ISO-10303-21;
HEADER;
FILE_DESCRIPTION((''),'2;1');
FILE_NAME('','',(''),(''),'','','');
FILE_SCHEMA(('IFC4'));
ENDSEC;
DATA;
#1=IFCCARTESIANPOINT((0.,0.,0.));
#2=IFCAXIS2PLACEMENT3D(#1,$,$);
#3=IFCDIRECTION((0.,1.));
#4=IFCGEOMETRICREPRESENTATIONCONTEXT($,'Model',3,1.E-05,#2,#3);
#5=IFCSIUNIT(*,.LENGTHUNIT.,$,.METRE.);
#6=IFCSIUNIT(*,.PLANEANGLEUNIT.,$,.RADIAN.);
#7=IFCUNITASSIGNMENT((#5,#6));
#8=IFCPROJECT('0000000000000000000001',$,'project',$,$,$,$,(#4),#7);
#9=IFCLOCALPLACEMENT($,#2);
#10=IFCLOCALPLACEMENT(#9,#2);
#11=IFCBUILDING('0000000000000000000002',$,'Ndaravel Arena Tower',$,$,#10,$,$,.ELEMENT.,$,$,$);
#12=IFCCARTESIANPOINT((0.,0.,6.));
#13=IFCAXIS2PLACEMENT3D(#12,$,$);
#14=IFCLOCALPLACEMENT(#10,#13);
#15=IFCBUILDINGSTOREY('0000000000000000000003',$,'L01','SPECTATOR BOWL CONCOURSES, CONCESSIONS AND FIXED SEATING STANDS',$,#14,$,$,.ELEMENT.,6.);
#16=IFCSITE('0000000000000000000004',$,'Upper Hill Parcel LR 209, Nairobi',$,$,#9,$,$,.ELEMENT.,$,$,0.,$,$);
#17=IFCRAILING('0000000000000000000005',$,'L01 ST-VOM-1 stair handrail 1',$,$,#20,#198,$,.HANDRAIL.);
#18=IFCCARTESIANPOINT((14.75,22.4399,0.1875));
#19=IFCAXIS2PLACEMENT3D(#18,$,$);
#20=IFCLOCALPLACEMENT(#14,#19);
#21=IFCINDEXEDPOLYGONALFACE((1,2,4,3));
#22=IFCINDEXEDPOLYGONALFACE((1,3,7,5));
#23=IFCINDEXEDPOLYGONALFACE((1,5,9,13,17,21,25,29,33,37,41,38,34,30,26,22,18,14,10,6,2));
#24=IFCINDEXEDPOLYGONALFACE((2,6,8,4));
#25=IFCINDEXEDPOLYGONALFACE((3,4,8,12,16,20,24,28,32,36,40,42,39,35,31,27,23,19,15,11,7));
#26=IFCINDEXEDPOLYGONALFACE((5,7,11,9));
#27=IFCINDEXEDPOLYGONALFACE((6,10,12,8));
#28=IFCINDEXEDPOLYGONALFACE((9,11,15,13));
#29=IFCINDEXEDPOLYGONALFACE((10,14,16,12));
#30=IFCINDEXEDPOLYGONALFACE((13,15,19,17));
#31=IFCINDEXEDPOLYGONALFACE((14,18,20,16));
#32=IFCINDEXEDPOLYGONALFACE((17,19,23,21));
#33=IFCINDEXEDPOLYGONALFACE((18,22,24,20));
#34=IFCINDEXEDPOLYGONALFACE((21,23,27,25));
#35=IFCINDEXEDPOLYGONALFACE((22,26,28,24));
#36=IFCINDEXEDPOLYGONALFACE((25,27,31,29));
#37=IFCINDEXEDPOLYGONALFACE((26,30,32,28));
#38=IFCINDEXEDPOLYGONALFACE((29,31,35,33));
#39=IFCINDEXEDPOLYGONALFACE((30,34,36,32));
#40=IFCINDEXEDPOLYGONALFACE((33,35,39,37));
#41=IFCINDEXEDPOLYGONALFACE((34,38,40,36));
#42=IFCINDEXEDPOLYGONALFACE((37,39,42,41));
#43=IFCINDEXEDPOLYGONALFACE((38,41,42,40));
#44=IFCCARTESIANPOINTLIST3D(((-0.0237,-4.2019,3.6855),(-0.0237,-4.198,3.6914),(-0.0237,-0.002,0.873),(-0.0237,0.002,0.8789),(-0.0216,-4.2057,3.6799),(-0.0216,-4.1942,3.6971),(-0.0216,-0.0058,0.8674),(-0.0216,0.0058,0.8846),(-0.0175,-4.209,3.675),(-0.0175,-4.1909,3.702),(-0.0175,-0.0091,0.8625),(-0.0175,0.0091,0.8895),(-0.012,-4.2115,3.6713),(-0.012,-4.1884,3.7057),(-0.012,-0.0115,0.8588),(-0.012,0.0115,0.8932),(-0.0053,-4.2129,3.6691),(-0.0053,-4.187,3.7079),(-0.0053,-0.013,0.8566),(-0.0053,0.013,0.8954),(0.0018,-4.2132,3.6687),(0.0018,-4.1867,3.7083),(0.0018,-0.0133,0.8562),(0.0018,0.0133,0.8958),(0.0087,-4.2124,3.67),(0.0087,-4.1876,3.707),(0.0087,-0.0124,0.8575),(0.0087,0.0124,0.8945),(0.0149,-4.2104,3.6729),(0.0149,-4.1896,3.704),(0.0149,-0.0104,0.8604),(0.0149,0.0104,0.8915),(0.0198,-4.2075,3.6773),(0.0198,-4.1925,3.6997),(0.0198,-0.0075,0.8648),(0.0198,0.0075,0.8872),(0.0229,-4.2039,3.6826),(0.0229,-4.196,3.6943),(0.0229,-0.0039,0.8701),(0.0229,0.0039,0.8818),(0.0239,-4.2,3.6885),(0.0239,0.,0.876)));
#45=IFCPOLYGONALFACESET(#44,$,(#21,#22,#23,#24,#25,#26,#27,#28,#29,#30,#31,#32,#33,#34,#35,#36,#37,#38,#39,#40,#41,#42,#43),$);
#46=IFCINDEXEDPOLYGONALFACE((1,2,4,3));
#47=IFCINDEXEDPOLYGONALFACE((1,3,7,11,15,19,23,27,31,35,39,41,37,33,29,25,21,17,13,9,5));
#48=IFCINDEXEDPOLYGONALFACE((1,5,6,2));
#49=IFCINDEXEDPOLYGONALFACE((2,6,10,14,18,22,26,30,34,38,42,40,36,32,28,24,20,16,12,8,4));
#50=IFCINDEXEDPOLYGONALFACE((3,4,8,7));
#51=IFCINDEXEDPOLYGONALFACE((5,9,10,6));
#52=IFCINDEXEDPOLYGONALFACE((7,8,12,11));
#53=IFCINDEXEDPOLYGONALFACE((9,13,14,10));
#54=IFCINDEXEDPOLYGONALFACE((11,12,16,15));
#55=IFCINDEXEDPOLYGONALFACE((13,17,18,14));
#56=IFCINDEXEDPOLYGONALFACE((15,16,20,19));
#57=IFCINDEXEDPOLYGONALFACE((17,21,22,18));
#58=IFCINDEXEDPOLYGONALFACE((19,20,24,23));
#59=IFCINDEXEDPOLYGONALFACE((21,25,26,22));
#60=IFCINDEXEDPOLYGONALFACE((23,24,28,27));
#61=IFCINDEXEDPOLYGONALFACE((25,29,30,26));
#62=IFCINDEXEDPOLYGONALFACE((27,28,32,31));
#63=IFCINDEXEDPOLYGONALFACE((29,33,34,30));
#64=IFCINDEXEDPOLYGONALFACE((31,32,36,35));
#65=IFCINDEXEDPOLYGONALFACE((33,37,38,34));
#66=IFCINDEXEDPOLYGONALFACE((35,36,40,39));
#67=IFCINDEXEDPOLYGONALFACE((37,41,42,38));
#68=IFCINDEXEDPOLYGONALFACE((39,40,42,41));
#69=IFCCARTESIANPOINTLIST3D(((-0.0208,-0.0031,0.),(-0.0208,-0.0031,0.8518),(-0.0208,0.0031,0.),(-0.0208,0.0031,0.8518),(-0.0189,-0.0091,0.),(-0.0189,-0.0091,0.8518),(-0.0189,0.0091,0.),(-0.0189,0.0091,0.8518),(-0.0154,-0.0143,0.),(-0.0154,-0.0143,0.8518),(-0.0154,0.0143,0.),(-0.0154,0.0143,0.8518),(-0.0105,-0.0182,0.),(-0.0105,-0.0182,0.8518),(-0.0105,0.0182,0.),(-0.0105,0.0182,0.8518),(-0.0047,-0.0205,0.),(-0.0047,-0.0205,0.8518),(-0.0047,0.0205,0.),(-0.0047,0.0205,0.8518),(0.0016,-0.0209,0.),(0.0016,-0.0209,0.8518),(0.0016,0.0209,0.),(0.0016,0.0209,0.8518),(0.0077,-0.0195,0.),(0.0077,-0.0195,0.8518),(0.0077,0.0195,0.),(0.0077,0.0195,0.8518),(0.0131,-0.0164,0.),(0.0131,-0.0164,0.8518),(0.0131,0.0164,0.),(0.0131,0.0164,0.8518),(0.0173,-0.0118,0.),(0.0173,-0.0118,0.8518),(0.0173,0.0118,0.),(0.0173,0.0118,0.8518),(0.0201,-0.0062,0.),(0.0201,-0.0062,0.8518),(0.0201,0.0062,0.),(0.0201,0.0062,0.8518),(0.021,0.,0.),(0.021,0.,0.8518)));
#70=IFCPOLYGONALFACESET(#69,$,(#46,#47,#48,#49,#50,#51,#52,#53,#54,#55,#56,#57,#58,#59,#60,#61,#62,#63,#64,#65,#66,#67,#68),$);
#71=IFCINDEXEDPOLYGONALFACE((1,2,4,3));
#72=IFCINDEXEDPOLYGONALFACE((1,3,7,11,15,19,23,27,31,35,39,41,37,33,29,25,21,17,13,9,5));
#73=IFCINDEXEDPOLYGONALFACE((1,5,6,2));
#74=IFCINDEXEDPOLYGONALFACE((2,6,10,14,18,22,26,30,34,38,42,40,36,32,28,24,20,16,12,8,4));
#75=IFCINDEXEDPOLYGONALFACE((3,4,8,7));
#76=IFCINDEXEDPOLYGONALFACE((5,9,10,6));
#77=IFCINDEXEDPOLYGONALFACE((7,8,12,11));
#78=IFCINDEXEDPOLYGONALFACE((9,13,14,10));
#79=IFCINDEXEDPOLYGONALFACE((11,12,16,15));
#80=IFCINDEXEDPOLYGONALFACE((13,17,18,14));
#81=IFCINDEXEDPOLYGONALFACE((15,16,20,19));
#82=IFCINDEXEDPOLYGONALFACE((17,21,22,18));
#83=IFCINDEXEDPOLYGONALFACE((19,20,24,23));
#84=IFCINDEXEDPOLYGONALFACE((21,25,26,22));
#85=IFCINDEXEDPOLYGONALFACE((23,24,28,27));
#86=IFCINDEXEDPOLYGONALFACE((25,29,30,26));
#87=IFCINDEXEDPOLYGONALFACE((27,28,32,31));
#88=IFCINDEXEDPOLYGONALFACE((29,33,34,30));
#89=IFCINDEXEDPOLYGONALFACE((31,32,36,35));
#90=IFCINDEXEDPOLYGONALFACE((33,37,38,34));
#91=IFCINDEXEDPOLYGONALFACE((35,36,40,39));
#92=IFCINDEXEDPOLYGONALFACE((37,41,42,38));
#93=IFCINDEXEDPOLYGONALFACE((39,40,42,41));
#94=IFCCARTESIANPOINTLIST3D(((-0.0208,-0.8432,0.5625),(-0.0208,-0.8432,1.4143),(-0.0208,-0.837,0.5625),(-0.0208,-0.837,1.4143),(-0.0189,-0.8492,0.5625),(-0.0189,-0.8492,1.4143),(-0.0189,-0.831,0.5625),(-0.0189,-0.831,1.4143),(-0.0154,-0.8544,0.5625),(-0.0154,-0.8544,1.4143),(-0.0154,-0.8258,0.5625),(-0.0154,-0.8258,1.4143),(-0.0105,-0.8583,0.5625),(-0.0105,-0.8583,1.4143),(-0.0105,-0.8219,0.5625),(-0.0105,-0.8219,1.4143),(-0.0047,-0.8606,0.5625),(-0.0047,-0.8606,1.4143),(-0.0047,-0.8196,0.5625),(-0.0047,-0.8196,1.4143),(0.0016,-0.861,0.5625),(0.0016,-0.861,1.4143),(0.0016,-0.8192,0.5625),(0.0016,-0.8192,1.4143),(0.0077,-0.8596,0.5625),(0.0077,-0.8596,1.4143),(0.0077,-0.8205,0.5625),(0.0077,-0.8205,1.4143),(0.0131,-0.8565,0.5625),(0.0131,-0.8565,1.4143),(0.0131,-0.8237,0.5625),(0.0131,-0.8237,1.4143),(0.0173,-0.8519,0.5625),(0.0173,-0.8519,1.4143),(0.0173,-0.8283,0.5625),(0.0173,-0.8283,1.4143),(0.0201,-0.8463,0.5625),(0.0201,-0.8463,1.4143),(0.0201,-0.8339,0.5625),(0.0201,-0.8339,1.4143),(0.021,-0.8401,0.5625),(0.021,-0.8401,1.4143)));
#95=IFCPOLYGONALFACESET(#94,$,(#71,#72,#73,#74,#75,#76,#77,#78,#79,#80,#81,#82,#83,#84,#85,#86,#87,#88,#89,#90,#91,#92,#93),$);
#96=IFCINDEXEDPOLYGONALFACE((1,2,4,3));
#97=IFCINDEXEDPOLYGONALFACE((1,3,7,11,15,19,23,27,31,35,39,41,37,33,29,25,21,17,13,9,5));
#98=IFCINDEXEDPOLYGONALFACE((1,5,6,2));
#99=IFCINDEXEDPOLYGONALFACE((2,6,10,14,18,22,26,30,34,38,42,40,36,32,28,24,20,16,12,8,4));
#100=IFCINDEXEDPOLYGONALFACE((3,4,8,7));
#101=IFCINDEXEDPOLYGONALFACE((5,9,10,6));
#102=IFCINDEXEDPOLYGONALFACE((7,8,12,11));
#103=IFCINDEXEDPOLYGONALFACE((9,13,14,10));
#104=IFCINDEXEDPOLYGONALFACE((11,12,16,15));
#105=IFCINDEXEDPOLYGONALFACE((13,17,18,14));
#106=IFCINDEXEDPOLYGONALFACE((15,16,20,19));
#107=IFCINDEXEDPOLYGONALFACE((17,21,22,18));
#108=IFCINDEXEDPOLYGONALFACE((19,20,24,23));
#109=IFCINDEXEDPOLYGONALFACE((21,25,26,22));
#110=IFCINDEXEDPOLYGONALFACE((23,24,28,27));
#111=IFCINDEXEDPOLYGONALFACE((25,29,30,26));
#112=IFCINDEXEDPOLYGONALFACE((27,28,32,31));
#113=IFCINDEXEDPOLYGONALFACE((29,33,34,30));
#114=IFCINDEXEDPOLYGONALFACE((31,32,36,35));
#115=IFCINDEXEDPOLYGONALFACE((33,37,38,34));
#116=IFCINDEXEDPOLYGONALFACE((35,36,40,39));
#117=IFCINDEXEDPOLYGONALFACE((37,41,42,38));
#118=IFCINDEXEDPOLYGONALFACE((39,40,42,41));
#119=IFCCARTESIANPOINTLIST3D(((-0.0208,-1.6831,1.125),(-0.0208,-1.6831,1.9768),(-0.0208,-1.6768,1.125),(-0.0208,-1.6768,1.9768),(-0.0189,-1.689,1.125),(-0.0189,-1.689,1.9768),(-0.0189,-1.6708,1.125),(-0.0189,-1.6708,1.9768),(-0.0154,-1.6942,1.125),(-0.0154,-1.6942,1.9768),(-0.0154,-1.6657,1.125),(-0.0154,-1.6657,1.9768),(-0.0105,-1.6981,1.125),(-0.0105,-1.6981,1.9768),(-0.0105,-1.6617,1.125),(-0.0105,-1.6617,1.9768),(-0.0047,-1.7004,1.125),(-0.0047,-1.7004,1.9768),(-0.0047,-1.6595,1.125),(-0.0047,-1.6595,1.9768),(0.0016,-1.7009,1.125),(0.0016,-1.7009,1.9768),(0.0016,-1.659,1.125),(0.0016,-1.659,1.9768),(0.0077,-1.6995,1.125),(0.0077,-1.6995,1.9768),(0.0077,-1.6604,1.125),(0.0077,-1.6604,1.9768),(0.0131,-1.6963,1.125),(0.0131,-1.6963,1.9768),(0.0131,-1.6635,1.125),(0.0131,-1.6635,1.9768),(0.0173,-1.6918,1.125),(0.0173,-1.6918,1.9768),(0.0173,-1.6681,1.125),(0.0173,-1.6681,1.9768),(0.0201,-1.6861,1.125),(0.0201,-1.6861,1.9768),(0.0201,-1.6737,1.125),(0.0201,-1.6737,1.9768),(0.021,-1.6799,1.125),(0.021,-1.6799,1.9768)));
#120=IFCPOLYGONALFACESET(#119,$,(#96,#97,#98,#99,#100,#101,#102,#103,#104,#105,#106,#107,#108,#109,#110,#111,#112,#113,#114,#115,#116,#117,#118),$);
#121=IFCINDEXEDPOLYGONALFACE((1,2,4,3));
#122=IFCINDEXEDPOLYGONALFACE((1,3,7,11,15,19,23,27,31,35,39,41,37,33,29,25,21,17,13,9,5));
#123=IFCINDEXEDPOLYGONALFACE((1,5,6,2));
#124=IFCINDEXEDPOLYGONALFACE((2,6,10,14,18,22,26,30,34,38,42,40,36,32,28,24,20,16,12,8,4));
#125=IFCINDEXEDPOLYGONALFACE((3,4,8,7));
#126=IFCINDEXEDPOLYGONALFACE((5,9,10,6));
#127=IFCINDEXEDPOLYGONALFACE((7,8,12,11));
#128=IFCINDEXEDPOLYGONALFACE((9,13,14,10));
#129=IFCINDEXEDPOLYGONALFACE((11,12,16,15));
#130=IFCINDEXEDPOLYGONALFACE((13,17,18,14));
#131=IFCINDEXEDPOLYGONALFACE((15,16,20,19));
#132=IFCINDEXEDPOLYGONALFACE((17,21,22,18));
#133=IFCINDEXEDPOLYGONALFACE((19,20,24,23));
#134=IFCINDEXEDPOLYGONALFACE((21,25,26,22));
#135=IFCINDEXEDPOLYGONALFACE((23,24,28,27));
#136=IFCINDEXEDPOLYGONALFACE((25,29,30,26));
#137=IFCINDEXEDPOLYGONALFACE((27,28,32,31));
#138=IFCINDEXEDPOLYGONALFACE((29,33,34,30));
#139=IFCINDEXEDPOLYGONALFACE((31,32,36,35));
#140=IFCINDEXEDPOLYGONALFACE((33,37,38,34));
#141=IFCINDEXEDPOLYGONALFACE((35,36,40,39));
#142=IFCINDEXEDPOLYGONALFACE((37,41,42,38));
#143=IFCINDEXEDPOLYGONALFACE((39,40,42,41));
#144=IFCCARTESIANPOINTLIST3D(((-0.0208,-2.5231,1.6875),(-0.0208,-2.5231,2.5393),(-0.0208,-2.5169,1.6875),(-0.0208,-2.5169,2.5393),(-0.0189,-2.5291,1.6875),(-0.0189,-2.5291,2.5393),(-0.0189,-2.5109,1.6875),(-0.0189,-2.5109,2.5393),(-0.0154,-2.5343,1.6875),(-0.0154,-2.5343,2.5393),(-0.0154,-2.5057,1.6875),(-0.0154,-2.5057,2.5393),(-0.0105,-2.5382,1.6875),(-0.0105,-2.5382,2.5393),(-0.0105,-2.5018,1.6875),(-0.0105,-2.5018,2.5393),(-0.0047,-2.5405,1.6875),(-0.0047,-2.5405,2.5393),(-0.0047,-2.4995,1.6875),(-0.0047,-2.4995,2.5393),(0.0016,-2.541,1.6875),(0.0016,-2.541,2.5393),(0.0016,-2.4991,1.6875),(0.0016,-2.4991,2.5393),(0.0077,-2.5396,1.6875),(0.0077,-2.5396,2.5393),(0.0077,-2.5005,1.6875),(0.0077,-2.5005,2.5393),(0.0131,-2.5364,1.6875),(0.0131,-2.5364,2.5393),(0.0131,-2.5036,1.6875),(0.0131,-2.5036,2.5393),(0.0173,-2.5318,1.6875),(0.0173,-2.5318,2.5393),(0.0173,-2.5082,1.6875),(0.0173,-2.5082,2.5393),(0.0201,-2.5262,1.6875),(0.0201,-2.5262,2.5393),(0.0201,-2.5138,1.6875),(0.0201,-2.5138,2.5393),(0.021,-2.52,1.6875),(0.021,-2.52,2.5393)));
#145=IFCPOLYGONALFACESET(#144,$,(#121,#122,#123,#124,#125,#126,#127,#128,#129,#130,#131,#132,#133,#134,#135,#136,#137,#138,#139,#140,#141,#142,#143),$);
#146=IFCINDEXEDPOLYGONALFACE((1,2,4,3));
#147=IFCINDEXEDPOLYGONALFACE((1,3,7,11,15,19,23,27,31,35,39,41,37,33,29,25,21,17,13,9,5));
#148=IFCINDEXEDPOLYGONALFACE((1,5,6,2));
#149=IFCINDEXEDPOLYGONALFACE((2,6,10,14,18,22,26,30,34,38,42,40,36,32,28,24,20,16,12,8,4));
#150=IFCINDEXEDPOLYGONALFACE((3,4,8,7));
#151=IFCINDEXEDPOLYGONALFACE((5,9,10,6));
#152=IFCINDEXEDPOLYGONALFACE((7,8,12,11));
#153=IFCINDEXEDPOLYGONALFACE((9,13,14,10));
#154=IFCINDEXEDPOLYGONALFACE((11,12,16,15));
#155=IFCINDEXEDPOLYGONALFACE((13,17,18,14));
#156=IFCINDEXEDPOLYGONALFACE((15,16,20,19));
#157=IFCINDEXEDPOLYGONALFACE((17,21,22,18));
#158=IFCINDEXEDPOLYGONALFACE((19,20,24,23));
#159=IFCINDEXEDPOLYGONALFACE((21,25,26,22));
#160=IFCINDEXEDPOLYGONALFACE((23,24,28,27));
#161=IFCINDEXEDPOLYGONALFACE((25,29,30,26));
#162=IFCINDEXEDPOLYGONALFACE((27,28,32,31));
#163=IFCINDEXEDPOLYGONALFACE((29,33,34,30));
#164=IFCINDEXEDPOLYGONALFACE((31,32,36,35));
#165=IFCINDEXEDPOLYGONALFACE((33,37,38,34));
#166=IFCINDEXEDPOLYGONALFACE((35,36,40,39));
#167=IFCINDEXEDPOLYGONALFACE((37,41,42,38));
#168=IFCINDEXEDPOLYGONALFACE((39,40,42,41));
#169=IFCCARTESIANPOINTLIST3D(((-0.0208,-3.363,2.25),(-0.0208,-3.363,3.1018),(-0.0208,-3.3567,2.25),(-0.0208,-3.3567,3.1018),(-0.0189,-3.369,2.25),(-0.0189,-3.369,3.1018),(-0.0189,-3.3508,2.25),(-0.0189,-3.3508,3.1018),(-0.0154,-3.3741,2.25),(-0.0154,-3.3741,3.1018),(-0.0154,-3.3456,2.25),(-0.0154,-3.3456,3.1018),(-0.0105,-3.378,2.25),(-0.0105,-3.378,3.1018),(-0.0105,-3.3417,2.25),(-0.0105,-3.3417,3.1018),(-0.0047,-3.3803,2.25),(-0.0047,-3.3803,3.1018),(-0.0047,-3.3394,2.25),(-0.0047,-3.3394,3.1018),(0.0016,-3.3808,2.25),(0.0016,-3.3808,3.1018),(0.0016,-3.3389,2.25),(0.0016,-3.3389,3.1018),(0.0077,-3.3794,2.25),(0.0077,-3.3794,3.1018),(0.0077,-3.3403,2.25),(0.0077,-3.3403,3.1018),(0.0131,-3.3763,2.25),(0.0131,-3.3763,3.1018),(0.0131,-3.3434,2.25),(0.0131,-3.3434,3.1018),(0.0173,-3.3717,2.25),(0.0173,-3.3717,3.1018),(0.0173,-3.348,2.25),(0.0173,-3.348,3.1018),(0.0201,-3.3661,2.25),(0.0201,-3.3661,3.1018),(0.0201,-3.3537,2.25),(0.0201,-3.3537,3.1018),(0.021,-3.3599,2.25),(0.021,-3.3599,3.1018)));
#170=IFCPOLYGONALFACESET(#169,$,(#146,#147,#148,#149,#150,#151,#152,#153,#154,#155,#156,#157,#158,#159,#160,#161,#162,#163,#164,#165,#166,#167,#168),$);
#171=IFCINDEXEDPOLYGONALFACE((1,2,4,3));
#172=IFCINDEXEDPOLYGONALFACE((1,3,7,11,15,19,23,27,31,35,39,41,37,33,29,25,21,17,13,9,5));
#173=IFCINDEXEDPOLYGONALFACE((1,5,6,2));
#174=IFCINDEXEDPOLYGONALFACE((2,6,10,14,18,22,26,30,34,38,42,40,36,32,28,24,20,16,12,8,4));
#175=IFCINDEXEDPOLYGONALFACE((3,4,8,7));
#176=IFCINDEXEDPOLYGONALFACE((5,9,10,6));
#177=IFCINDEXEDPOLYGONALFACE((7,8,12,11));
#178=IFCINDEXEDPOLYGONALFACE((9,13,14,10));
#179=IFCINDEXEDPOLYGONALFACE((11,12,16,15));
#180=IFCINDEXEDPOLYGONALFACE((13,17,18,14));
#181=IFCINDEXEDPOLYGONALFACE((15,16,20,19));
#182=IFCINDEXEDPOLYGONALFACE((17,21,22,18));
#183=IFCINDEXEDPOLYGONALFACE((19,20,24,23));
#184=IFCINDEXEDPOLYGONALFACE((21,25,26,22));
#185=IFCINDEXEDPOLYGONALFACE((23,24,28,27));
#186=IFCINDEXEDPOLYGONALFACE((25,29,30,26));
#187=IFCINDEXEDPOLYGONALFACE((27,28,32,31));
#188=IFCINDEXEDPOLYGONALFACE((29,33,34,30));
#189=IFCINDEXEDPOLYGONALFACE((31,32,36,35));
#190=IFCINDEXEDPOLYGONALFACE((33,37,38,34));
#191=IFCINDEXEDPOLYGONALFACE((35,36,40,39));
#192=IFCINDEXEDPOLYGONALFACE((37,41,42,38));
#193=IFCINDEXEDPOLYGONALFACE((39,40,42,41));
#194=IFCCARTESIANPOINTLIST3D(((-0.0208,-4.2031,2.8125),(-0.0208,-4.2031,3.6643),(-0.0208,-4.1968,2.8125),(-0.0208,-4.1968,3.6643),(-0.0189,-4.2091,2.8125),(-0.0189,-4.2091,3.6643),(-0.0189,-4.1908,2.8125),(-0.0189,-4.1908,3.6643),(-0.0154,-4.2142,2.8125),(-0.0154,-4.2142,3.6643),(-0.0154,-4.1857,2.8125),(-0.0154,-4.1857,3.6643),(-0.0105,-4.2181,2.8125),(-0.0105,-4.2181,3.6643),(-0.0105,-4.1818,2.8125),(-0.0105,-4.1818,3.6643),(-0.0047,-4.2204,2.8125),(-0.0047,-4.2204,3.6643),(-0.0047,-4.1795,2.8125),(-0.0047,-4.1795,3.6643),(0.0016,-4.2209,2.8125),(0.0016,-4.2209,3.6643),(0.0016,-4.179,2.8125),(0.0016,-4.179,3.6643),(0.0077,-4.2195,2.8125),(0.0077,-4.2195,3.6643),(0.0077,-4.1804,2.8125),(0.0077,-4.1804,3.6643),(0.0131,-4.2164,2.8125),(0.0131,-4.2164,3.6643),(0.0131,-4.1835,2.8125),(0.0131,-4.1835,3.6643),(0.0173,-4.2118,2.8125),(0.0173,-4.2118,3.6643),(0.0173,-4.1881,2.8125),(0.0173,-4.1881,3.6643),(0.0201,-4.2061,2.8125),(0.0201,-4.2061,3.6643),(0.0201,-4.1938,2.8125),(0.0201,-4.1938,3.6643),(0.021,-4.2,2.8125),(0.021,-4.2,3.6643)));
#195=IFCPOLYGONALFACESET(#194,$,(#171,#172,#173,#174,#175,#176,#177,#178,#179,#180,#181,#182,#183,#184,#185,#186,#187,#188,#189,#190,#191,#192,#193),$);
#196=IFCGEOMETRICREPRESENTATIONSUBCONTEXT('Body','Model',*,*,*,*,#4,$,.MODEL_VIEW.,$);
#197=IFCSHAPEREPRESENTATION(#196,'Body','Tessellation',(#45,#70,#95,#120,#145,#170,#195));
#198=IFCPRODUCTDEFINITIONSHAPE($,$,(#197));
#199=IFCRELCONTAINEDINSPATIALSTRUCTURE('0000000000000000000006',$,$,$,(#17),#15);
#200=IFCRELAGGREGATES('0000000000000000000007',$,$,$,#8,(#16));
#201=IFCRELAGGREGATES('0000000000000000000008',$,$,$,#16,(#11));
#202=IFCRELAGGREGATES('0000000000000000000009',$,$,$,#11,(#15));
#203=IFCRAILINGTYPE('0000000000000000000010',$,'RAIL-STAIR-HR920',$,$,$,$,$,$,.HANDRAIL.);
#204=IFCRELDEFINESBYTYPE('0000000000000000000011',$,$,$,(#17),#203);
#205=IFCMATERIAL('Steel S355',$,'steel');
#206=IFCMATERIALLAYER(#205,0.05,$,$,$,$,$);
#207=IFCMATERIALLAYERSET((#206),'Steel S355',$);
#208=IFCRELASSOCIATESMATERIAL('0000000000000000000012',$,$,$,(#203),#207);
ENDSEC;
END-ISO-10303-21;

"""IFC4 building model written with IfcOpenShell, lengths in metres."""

from ifc_helpers import new_model, si_unit, direction, frame, origin, origin_2d, place, context, subcontext, project, spatial, circle, extrude, material, layer, layer_set, type_object, element, save


model = new_model("IFC4")

# Units and contexts
model_context = context("Model", 3, precision=1e-05, world=origin(), true_north=direction((0.0, 1.0)))
body_context = subcontext(model_context, "Body", "Model", "MODEL_VIEW")
ifc_project = project(units=[si_unit("LENGTHUNIT", "METRE"), si_unit("PLANEANGLEUNIT", "RADIAN")], contexts=[model_context])

# Site, building, storey
site_placement = place(None, origin())
site = spatial("IfcSite", under=ifc_project, at=site_placement, Name="Upper Hill Parcel LR 209, Nairobi", CompositionType="ELEMENT", RefElevation=0.0)
building_placement = place(site_placement, origin())
building = spatial("IfcBuilding", under=site, at=building_placement, Name="Ndaravel Arena Tower", CompositionType="ELEMENT")
storey_placement = place(building_placement, frame((0.0, 0.0, 6.0)))
storey = spatial("IfcBuildingStorey", under=building, at=storey_placement, Name="L01", Description="SPECTATOR BOWL CONCOURSES, CONCESSIONS AND FIXED SEATING STANDS", CompositionType="ELEMENT", Elevation=6.0)

# Railing
ifc_material_1 = material(Name="Steel S355", Category="steel")
ifc_layer_1 = layer(ifc_material_1, 0.05)
ifc_layer_set_1 = layer_set([ifc_layer_1], Name="Steel S355")
railing_type_1 = type_object("IfcRailingType", Name="RAIL-STAIR-HR920", PredefinedType="HANDRAIL", material=ifc_layer_set_1)
for number, where, name in (
    (1, (14.75, 22.4399, 0.1875), "L01 ST-VOM-1 stair handrail 1"),
):
    element("IfcRailing", number, at=place(storey_placement, frame(where)), inside=storey, type_object=railing_type_1, Name=name, PredefinedType="HANDRAIL", context=body_context, shape_type="SweptSolid", body=[
        extrude(circle(Radius=0.0239, at=origin_2d()), frame((0.0, 0.0, 0.876), z_axis=(0.0, -0.830904, 0.556416), x_axis=(1.0, 0.0, 0.0)), (0.0, 0.0, 1.0), 5.0547),
        extrude(circle(Radius=0.021, at=origin_2d()), origin(), (0.0, 0.0, 1.0), 0.8518),
        extrude(circle(Radius=0.021, at=origin_2d()), frame((0.0, -0.8401, 0.5625)), (0.0, 0.0, 1.0), 0.8518),
        extrude(circle(Radius=0.021, at=origin_2d()), frame((0.0, -1.6799, 1.125)), (0.0, 0.0, 1.0), 0.8518),
        extrude(circle(Radius=0.021, at=origin_2d()), frame((0.0, -2.52, 1.6875)), (0.0, 0.0, 1.0), 0.8518),
        extrude(circle(Radius=0.021, at=origin_2d()), frame((0.0, -3.3599, 2.25)), (0.0, 0.0, 1.0), 0.8518),
        extrude(circle(Radius=0.021, at=origin_2d()), frame((0.0, -4.2, 2.8125)), (0.0, 0.0, 1.0), 0.8518),
    ])

save(model, "model.ifc")
